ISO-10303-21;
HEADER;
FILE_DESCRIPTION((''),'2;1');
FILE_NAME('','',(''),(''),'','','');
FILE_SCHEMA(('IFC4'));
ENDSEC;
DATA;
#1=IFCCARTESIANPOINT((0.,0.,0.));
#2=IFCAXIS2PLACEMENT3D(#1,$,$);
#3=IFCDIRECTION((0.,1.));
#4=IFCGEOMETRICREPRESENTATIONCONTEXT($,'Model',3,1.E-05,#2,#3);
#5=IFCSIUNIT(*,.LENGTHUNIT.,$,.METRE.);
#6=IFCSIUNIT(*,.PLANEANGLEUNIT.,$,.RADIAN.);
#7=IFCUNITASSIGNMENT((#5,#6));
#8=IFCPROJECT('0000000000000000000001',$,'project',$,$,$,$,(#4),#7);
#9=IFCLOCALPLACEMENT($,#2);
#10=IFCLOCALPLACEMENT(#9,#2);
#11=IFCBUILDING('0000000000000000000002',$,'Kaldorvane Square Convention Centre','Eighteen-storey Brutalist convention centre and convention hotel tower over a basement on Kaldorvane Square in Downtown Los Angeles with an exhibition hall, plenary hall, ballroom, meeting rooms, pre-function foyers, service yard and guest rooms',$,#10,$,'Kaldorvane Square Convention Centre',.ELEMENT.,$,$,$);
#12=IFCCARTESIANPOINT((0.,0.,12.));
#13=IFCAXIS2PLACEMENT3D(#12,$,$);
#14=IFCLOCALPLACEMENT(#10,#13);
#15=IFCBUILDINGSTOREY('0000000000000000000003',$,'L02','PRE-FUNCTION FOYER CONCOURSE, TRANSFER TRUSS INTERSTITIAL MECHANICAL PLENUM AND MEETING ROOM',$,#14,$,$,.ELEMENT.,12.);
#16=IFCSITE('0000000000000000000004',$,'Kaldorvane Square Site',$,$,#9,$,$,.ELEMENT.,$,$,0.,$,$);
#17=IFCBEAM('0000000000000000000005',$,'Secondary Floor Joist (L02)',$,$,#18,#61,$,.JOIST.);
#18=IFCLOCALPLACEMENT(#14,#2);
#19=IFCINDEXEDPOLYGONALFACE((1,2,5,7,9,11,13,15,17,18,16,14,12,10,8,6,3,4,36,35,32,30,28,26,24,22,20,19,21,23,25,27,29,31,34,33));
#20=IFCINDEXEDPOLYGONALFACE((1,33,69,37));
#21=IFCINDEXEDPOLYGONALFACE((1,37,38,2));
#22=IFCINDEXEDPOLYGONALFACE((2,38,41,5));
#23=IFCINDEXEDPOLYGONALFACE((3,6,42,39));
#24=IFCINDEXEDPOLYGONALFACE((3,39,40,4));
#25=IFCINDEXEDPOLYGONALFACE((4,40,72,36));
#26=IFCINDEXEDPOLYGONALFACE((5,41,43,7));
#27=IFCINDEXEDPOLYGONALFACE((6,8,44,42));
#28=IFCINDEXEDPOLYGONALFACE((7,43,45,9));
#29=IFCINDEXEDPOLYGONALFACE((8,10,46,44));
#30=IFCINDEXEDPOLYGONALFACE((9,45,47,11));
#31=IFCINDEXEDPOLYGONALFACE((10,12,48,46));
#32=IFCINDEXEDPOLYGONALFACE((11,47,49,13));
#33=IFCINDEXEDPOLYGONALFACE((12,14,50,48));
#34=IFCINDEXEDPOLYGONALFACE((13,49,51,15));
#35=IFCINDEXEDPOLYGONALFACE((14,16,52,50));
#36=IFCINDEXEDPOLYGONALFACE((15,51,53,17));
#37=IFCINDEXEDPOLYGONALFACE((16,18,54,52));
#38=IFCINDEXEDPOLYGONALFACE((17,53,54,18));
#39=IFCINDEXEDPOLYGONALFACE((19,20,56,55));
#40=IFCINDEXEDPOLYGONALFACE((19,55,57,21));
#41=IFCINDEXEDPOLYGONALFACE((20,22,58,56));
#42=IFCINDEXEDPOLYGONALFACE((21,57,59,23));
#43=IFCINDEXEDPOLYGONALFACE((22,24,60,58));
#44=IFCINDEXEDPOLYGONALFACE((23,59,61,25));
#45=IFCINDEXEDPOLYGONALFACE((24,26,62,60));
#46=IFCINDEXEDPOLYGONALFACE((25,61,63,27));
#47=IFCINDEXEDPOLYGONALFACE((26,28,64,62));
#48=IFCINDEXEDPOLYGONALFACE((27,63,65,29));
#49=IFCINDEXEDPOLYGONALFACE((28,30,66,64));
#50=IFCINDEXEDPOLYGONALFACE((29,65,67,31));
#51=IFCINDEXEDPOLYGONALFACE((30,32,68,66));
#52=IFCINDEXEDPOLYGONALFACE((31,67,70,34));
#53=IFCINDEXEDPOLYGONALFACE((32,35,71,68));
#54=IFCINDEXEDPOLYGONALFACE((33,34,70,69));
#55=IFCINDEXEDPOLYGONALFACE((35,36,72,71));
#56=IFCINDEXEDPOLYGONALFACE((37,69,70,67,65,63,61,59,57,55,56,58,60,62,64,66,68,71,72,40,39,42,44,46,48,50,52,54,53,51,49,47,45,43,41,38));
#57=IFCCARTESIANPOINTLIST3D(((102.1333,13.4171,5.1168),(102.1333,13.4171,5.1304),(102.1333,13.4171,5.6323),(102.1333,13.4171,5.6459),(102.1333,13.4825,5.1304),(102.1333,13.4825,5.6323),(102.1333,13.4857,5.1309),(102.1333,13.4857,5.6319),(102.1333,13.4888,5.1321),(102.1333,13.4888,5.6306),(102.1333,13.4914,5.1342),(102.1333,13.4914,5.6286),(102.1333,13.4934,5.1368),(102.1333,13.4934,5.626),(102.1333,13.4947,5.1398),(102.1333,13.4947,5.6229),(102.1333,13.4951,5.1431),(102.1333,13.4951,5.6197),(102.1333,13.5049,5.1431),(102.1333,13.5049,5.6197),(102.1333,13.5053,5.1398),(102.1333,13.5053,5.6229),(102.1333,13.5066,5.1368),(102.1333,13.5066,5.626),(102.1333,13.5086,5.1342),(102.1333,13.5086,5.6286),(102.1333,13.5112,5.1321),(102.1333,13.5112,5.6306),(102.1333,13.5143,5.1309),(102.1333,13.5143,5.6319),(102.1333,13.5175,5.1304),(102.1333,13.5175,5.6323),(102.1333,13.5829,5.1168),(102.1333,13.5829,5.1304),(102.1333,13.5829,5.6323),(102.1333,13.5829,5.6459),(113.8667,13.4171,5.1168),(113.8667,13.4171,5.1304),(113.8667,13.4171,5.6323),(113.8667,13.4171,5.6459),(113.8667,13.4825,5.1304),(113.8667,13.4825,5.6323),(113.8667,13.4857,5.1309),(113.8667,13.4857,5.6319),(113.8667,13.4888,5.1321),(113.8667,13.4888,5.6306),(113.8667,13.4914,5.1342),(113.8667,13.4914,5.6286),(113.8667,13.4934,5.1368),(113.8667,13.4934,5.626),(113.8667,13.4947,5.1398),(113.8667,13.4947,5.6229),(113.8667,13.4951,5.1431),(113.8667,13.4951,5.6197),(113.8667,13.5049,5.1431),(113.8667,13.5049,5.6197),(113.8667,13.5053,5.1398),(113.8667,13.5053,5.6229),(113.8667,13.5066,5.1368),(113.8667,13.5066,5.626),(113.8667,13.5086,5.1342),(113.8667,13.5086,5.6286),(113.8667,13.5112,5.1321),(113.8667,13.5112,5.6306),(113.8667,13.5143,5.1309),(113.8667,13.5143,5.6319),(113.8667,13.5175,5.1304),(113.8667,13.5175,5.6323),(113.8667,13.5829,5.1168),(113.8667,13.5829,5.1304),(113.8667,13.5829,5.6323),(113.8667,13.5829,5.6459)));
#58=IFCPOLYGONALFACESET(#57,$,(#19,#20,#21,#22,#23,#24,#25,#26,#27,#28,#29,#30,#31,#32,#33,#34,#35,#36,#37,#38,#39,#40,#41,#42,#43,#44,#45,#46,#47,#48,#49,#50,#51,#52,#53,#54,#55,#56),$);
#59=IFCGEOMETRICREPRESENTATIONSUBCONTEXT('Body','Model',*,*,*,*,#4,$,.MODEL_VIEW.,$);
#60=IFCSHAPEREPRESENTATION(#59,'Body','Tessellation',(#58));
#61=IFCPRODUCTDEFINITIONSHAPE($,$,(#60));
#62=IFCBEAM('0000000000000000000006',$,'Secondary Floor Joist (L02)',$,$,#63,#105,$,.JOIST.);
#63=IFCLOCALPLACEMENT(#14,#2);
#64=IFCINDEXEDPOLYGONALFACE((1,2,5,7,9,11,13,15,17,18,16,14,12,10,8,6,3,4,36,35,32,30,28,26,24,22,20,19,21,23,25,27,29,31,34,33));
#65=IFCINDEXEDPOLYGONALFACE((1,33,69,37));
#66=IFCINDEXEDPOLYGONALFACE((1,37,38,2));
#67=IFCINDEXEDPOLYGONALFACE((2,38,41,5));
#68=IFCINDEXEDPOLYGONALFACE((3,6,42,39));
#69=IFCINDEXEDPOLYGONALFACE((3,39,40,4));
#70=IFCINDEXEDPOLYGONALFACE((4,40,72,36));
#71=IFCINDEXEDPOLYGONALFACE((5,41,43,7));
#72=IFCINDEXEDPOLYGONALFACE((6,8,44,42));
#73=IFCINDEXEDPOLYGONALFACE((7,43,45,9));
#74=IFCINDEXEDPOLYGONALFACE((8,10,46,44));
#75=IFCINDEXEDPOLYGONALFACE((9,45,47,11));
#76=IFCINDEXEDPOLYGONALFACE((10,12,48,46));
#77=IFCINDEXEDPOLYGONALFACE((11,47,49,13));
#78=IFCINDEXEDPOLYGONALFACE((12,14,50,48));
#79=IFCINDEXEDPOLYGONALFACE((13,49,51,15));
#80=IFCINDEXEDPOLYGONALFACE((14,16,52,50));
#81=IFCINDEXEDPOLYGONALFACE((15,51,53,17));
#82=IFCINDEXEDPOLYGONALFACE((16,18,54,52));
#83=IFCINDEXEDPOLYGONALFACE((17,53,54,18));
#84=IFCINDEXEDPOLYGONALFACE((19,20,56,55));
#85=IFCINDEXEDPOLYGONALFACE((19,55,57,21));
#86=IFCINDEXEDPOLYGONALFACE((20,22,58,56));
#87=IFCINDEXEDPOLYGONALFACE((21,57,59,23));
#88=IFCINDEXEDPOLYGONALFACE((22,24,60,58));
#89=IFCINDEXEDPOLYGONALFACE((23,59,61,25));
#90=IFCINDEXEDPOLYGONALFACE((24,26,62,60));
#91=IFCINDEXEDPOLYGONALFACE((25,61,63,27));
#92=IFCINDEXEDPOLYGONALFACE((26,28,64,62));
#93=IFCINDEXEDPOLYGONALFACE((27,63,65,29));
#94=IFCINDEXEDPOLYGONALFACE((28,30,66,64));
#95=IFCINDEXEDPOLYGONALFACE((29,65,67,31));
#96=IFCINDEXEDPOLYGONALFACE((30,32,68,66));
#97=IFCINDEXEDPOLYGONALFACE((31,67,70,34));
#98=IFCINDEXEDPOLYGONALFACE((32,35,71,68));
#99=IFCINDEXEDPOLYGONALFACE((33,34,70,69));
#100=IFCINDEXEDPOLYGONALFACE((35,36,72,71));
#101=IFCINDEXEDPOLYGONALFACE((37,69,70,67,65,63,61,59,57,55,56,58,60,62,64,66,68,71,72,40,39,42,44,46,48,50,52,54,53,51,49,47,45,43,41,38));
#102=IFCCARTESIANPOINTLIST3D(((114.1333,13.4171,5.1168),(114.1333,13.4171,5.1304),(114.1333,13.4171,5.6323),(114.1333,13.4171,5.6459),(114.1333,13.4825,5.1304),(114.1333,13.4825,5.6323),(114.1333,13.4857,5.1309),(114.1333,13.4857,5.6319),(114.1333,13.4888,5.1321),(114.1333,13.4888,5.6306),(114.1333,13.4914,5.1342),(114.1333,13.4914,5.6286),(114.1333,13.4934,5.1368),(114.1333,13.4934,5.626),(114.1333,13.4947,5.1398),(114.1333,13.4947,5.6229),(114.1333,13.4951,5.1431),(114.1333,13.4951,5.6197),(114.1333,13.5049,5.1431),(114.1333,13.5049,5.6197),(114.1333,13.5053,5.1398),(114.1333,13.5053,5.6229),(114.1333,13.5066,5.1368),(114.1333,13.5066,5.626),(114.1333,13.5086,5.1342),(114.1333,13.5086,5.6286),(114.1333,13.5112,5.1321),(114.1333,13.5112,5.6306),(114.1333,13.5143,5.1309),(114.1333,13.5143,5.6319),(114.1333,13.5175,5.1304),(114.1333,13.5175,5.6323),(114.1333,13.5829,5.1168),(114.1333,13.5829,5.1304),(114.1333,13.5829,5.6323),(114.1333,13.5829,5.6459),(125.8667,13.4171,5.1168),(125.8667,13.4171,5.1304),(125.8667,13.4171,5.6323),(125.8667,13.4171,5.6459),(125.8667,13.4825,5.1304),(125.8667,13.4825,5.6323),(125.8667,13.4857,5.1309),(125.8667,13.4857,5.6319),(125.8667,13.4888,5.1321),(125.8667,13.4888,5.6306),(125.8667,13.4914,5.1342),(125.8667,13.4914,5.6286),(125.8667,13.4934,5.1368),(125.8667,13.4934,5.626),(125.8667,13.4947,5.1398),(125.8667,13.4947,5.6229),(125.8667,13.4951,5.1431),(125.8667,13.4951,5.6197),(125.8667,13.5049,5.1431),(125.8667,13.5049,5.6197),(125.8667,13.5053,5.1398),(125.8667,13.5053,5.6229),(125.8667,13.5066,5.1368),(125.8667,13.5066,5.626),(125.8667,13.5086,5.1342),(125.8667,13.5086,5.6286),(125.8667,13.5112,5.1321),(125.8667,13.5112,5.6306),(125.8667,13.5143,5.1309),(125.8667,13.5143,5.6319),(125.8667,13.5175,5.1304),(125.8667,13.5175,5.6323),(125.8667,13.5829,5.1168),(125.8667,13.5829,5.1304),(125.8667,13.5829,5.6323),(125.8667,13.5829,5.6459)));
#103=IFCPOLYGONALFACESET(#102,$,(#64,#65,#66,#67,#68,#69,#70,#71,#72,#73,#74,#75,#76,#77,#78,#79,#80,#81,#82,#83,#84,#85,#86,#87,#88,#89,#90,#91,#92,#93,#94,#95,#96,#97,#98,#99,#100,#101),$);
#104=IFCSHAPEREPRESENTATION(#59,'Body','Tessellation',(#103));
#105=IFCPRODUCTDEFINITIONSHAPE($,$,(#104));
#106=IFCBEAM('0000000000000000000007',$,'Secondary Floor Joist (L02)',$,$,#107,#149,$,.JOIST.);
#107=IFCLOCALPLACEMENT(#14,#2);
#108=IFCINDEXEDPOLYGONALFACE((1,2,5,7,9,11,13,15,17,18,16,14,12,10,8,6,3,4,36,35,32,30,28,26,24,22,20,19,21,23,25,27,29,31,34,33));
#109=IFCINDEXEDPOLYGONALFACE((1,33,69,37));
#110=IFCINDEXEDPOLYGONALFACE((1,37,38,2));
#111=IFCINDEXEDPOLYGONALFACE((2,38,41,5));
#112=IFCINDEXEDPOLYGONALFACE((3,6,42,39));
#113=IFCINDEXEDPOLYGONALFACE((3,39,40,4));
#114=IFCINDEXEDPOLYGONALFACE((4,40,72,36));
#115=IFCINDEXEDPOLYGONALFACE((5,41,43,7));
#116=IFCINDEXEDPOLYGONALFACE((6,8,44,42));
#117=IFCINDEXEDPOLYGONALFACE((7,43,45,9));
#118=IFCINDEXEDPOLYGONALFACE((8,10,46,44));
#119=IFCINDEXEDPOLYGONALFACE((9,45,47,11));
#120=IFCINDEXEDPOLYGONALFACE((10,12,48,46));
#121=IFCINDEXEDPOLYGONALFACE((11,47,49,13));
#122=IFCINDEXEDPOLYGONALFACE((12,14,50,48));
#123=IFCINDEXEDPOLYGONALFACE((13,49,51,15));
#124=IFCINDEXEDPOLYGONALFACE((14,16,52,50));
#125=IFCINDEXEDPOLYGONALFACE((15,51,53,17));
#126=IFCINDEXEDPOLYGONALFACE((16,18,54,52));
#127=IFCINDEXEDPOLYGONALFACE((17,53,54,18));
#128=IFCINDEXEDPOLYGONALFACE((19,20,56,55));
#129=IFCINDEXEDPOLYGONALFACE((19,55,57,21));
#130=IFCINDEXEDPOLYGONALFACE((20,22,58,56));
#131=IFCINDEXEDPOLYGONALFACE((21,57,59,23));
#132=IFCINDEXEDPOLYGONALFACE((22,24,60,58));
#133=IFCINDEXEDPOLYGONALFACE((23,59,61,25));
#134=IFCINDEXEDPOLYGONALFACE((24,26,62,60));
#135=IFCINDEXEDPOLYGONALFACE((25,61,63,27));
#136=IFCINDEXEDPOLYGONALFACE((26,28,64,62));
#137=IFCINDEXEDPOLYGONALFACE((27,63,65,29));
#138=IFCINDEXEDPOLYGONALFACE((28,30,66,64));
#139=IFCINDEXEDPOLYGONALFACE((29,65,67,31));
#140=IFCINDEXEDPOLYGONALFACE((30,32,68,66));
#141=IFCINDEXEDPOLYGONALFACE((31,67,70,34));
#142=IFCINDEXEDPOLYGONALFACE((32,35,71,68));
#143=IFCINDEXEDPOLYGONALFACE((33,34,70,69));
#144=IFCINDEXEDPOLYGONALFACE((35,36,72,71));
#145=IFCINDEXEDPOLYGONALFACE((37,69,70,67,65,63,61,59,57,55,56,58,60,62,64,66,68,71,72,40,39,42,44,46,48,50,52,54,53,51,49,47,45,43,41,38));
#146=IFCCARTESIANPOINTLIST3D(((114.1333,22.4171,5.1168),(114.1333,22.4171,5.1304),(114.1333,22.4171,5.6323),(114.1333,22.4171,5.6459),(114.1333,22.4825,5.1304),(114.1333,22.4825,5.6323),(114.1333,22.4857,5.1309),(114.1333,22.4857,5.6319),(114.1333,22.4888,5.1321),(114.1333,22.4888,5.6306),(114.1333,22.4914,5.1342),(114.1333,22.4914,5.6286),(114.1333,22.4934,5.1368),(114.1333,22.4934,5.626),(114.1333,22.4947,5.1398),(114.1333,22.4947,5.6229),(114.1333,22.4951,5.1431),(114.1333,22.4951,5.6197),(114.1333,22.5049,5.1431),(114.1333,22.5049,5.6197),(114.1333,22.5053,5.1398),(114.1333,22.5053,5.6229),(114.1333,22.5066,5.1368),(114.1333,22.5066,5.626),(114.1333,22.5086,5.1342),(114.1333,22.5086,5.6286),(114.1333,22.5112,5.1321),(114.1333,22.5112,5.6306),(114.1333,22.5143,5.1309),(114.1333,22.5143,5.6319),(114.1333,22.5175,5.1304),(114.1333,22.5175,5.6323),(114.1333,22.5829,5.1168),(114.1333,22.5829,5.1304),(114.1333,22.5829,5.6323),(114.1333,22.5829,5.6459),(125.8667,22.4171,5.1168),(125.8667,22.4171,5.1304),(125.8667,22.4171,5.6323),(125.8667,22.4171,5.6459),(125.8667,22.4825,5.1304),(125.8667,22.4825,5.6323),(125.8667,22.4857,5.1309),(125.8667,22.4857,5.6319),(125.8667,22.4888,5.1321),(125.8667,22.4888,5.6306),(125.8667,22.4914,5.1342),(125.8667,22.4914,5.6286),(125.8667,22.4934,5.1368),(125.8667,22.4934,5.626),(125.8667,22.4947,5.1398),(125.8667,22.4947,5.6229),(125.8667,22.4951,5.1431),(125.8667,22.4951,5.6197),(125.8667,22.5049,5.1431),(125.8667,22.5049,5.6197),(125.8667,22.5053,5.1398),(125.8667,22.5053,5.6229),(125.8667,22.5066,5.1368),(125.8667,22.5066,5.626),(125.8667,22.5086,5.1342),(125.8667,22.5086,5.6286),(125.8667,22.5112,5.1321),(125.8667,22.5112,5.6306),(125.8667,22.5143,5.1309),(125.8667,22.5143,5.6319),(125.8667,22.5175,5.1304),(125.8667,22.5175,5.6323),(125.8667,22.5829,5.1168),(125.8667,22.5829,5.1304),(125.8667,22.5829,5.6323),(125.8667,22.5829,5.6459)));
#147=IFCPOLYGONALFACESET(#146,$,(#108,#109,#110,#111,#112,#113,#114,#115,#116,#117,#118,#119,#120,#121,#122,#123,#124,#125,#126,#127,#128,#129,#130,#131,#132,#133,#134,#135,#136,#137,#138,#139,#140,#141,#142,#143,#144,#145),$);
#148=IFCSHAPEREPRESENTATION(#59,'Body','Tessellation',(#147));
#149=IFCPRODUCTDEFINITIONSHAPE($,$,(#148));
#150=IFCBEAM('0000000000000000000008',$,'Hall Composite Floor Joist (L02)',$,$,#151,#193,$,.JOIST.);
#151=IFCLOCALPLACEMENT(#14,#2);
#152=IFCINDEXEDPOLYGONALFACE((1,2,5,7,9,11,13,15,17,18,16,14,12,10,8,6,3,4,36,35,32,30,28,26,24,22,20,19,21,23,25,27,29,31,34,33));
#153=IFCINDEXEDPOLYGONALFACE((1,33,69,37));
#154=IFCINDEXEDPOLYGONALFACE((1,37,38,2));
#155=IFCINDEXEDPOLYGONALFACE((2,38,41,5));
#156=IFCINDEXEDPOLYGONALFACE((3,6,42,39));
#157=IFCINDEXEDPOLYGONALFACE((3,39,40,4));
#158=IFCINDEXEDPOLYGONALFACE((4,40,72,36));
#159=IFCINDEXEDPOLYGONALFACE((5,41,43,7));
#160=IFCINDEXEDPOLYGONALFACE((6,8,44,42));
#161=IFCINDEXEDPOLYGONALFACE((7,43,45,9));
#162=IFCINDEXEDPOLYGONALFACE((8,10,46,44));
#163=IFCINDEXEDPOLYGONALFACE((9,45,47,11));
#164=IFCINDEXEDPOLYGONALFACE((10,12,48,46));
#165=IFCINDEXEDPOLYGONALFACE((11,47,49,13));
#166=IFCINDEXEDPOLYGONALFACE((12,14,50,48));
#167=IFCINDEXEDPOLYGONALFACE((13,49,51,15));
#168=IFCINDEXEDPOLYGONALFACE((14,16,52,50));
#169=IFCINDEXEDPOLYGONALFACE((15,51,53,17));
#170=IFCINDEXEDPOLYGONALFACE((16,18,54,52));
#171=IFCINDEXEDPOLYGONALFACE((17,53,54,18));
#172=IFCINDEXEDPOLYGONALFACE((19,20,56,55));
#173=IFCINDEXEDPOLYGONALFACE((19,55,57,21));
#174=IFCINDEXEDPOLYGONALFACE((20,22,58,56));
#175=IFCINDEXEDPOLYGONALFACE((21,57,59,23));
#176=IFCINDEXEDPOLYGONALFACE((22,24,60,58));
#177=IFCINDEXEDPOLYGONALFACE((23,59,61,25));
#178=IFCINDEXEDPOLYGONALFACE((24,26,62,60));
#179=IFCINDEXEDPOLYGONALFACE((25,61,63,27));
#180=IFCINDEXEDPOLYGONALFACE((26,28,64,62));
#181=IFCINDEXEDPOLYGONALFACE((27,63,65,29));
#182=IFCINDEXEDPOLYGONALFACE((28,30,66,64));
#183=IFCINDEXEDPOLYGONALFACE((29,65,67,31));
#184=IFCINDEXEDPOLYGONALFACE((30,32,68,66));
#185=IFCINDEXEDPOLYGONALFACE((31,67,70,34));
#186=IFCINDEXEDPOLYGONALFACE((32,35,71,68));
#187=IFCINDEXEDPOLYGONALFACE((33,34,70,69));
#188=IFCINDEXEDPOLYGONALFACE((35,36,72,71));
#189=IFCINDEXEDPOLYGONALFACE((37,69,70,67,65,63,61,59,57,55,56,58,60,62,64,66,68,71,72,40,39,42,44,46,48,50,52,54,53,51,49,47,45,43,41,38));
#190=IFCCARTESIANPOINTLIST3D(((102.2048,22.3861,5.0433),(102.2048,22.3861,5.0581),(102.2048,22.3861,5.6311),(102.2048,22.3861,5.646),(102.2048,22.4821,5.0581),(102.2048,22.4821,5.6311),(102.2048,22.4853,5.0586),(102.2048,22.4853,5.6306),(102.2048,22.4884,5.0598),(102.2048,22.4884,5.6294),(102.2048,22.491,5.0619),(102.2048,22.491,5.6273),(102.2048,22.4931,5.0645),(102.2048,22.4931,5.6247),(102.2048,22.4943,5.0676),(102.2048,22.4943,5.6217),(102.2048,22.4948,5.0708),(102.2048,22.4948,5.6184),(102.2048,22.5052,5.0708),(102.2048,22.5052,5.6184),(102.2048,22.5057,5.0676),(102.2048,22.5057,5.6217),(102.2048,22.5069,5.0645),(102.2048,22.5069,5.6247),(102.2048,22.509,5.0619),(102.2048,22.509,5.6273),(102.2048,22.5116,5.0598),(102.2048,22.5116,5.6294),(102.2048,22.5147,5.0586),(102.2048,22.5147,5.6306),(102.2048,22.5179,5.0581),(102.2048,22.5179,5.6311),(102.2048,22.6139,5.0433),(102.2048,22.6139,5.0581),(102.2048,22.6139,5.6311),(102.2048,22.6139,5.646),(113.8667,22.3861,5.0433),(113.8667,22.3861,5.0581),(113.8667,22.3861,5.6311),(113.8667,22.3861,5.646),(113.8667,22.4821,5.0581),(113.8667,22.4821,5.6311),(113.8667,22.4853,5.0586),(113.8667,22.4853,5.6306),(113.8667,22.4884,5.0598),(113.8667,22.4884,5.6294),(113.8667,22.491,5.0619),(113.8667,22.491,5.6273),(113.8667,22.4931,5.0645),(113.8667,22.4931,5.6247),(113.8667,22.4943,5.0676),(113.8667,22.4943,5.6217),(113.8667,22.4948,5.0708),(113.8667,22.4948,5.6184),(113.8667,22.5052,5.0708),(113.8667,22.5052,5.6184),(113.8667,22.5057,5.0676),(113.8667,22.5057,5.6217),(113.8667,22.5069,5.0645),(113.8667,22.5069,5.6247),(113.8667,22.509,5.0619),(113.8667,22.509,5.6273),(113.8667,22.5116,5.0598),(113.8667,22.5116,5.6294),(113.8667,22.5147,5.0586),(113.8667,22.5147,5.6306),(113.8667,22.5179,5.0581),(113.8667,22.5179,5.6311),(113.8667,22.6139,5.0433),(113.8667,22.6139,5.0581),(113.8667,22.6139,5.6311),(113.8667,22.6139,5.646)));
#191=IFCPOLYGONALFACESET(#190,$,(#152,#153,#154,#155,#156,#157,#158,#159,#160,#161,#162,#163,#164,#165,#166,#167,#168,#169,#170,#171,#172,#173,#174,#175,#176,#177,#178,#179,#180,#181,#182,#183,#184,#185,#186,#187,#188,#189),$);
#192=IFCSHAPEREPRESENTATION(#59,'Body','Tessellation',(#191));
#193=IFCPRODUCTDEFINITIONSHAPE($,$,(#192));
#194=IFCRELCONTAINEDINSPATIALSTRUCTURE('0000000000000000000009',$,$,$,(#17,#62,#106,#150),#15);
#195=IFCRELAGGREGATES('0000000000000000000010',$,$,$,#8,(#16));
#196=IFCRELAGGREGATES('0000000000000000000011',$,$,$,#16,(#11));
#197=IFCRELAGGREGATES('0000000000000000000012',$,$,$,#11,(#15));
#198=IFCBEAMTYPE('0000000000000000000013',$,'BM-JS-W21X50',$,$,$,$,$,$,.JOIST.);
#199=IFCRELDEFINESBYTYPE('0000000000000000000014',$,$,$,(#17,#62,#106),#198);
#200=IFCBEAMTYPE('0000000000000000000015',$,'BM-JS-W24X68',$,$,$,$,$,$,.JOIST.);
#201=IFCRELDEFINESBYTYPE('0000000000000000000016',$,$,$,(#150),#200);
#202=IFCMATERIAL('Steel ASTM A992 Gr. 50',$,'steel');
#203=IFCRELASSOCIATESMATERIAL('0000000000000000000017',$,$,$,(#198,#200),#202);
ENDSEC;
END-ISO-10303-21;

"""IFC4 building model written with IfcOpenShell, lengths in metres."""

from ifc_helpers import new_model, si_unit, direction, frame, origin, origin_2d, place, context, subcontext, project, spatial, i_section, extrude, material, material_profile, profile_set, type_object, element, save


model = new_model("IFC4")

# Units and contexts
model_context = context("Model", 3, precision=1e-05, world=origin(), true_north=direction((0.0, 1.0)))
body_context = subcontext(model_context, "Body", "Model", "MODEL_VIEW")
ifc_project = project(units=[si_unit("LENGTHUNIT", "METRE"), si_unit("PLANEANGLEUNIT", "RADIAN")], contexts=[model_context])

# Site, building, storey
site_placement = place(None, origin())
site = spatial("IfcSite", under=ifc_project, at=site_placement, Name="Kaldorvane Square Site", CompositionType="ELEMENT", RefElevation=0.0)
building_placement = place(site_placement, origin())
building = spatial("IfcBuilding", under=site, at=building_placement, Name="Kaldorvane Square Convention Centre", Description="Eighteen-storey Brutalist convention centre and convention hotel tower over a basement on Kaldorvane Square in Downtown Los Angeles with an exhibition hall, plenary hall, ballroom, meeting rooms, pre-function foyers, service yard and guest rooms", LongName="Kaldorvane Square Convention Centre", CompositionType="ELEMENT")
storey_placement = place(building_placement, frame((0.0, 0.0, 12.0)))
storey = spatial("IfcBuildingStorey", under=building, at=storey_placement, Name="L02", Description="PRE-FUNCTION FOYER CONCOURSE, TRANSFER TRUSS INTERSTITIAL MECHANICAL PLENUM AND MEETING ROOM", CompositionType="ELEMENT", Elevation=12.0)

# Shared definitions
ifc_material_1 = material(Name="Steel ASTM A992 Gr. 50", Category="steel")

# Beams
ifc_material_profile_1 = material_profile(ifc_material_1, i_section(OverallWidth=0.1659, OverallDepth=0.5291, WebThickness=0.0097, FlangeThickness=0.0136, FilletRadius=0.0127, at=origin_2d()), Name="W21X50")
ifc_profile_set_1 = profile_set([ifc_material_profile_1], Name="Steel ASTM A992 Gr. 50")
beam_type_1 = type_object("IfcBeamType", Name="BM-JS-W21X50", PredefinedType="JOIST", material=ifc_profile_set_1)
for number, where, z_axis, x_axis, name in (
    (1, (102.1333, 13.5, 5.3814), (1.0, 0.0, 0.0), (0.0, 1.0, 0.0), "Secondary Floor Joist (L02)"),
    (2, (114.1333, 13.5, 5.3814), (1.0, 0.0, 0.0), (0.0, 1.0, 0.0), "Secondary Floor Joist (L02)"),
    (3, (114.1333, 22.5, 5.3814), (1.0, 0.0, 0.0), (0.0, 1.0, 0.0), "Secondary Floor Joist (L02)"),
):
    element("IfcBeam", number, at=place(storey_placement, frame(where, z_axis=z_axis, x_axis=x_axis)), inside=storey, type_object=beam_type_1, Name=name, PredefinedType="JOIST", context=body_context, shape_type="SweptSolid", body=[
        extrude(i_section(OverallWidth=0.1659, OverallDepth=0.5291, WebThickness=0.0097, FlangeThickness=0.0136, FilletRadius=0.0127, at=origin_2d()), origin(), (0.0, 0.0, 1.0), 11.7334),
    ])
ifc_material_profile_2 = material_profile(ifc_material_1, i_section(OverallWidth=0.2277, OverallDepth=0.6027, WebThickness=0.0105, FlangeThickness=0.0149, FilletRadius=0.0127, at=origin_2d()), Name="W24X68")
ifc_profile_set_2 = profile_set([ifc_material_profile_2], Name="Steel ASTM A992 Gr. 50")
beam_type_2 = type_object("IfcBeamType", Name="BM-JS-W24X68", PredefinedType="JOIST", material=ifc_profile_set_2)
for number, where, z_axis, x_axis, name in (
    (4, (102.2048, 22.5, 5.3446), (1.0, 0.0, 0.0), (0.0, 1.0, 0.0), "Hall Composite Floor Joist (L02)"),
):
    element("IfcBeam", number, at=place(storey_placement, frame(where, z_axis=z_axis, x_axis=x_axis)), inside=storey, type_object=beam_type_2, Name=name, PredefinedType="JOIST", context=body_context, shape_type="SweptSolid", body=[
        extrude(i_section(OverallWidth=0.2277, OverallDepth=0.6027, WebThickness=0.0105, FlangeThickness=0.0149, FilletRadius=0.0127, at=origin_2d()), origin(), (0.0, 0.0, 1.0), 11.6619),
    ])

save(model, "model.ifc")
